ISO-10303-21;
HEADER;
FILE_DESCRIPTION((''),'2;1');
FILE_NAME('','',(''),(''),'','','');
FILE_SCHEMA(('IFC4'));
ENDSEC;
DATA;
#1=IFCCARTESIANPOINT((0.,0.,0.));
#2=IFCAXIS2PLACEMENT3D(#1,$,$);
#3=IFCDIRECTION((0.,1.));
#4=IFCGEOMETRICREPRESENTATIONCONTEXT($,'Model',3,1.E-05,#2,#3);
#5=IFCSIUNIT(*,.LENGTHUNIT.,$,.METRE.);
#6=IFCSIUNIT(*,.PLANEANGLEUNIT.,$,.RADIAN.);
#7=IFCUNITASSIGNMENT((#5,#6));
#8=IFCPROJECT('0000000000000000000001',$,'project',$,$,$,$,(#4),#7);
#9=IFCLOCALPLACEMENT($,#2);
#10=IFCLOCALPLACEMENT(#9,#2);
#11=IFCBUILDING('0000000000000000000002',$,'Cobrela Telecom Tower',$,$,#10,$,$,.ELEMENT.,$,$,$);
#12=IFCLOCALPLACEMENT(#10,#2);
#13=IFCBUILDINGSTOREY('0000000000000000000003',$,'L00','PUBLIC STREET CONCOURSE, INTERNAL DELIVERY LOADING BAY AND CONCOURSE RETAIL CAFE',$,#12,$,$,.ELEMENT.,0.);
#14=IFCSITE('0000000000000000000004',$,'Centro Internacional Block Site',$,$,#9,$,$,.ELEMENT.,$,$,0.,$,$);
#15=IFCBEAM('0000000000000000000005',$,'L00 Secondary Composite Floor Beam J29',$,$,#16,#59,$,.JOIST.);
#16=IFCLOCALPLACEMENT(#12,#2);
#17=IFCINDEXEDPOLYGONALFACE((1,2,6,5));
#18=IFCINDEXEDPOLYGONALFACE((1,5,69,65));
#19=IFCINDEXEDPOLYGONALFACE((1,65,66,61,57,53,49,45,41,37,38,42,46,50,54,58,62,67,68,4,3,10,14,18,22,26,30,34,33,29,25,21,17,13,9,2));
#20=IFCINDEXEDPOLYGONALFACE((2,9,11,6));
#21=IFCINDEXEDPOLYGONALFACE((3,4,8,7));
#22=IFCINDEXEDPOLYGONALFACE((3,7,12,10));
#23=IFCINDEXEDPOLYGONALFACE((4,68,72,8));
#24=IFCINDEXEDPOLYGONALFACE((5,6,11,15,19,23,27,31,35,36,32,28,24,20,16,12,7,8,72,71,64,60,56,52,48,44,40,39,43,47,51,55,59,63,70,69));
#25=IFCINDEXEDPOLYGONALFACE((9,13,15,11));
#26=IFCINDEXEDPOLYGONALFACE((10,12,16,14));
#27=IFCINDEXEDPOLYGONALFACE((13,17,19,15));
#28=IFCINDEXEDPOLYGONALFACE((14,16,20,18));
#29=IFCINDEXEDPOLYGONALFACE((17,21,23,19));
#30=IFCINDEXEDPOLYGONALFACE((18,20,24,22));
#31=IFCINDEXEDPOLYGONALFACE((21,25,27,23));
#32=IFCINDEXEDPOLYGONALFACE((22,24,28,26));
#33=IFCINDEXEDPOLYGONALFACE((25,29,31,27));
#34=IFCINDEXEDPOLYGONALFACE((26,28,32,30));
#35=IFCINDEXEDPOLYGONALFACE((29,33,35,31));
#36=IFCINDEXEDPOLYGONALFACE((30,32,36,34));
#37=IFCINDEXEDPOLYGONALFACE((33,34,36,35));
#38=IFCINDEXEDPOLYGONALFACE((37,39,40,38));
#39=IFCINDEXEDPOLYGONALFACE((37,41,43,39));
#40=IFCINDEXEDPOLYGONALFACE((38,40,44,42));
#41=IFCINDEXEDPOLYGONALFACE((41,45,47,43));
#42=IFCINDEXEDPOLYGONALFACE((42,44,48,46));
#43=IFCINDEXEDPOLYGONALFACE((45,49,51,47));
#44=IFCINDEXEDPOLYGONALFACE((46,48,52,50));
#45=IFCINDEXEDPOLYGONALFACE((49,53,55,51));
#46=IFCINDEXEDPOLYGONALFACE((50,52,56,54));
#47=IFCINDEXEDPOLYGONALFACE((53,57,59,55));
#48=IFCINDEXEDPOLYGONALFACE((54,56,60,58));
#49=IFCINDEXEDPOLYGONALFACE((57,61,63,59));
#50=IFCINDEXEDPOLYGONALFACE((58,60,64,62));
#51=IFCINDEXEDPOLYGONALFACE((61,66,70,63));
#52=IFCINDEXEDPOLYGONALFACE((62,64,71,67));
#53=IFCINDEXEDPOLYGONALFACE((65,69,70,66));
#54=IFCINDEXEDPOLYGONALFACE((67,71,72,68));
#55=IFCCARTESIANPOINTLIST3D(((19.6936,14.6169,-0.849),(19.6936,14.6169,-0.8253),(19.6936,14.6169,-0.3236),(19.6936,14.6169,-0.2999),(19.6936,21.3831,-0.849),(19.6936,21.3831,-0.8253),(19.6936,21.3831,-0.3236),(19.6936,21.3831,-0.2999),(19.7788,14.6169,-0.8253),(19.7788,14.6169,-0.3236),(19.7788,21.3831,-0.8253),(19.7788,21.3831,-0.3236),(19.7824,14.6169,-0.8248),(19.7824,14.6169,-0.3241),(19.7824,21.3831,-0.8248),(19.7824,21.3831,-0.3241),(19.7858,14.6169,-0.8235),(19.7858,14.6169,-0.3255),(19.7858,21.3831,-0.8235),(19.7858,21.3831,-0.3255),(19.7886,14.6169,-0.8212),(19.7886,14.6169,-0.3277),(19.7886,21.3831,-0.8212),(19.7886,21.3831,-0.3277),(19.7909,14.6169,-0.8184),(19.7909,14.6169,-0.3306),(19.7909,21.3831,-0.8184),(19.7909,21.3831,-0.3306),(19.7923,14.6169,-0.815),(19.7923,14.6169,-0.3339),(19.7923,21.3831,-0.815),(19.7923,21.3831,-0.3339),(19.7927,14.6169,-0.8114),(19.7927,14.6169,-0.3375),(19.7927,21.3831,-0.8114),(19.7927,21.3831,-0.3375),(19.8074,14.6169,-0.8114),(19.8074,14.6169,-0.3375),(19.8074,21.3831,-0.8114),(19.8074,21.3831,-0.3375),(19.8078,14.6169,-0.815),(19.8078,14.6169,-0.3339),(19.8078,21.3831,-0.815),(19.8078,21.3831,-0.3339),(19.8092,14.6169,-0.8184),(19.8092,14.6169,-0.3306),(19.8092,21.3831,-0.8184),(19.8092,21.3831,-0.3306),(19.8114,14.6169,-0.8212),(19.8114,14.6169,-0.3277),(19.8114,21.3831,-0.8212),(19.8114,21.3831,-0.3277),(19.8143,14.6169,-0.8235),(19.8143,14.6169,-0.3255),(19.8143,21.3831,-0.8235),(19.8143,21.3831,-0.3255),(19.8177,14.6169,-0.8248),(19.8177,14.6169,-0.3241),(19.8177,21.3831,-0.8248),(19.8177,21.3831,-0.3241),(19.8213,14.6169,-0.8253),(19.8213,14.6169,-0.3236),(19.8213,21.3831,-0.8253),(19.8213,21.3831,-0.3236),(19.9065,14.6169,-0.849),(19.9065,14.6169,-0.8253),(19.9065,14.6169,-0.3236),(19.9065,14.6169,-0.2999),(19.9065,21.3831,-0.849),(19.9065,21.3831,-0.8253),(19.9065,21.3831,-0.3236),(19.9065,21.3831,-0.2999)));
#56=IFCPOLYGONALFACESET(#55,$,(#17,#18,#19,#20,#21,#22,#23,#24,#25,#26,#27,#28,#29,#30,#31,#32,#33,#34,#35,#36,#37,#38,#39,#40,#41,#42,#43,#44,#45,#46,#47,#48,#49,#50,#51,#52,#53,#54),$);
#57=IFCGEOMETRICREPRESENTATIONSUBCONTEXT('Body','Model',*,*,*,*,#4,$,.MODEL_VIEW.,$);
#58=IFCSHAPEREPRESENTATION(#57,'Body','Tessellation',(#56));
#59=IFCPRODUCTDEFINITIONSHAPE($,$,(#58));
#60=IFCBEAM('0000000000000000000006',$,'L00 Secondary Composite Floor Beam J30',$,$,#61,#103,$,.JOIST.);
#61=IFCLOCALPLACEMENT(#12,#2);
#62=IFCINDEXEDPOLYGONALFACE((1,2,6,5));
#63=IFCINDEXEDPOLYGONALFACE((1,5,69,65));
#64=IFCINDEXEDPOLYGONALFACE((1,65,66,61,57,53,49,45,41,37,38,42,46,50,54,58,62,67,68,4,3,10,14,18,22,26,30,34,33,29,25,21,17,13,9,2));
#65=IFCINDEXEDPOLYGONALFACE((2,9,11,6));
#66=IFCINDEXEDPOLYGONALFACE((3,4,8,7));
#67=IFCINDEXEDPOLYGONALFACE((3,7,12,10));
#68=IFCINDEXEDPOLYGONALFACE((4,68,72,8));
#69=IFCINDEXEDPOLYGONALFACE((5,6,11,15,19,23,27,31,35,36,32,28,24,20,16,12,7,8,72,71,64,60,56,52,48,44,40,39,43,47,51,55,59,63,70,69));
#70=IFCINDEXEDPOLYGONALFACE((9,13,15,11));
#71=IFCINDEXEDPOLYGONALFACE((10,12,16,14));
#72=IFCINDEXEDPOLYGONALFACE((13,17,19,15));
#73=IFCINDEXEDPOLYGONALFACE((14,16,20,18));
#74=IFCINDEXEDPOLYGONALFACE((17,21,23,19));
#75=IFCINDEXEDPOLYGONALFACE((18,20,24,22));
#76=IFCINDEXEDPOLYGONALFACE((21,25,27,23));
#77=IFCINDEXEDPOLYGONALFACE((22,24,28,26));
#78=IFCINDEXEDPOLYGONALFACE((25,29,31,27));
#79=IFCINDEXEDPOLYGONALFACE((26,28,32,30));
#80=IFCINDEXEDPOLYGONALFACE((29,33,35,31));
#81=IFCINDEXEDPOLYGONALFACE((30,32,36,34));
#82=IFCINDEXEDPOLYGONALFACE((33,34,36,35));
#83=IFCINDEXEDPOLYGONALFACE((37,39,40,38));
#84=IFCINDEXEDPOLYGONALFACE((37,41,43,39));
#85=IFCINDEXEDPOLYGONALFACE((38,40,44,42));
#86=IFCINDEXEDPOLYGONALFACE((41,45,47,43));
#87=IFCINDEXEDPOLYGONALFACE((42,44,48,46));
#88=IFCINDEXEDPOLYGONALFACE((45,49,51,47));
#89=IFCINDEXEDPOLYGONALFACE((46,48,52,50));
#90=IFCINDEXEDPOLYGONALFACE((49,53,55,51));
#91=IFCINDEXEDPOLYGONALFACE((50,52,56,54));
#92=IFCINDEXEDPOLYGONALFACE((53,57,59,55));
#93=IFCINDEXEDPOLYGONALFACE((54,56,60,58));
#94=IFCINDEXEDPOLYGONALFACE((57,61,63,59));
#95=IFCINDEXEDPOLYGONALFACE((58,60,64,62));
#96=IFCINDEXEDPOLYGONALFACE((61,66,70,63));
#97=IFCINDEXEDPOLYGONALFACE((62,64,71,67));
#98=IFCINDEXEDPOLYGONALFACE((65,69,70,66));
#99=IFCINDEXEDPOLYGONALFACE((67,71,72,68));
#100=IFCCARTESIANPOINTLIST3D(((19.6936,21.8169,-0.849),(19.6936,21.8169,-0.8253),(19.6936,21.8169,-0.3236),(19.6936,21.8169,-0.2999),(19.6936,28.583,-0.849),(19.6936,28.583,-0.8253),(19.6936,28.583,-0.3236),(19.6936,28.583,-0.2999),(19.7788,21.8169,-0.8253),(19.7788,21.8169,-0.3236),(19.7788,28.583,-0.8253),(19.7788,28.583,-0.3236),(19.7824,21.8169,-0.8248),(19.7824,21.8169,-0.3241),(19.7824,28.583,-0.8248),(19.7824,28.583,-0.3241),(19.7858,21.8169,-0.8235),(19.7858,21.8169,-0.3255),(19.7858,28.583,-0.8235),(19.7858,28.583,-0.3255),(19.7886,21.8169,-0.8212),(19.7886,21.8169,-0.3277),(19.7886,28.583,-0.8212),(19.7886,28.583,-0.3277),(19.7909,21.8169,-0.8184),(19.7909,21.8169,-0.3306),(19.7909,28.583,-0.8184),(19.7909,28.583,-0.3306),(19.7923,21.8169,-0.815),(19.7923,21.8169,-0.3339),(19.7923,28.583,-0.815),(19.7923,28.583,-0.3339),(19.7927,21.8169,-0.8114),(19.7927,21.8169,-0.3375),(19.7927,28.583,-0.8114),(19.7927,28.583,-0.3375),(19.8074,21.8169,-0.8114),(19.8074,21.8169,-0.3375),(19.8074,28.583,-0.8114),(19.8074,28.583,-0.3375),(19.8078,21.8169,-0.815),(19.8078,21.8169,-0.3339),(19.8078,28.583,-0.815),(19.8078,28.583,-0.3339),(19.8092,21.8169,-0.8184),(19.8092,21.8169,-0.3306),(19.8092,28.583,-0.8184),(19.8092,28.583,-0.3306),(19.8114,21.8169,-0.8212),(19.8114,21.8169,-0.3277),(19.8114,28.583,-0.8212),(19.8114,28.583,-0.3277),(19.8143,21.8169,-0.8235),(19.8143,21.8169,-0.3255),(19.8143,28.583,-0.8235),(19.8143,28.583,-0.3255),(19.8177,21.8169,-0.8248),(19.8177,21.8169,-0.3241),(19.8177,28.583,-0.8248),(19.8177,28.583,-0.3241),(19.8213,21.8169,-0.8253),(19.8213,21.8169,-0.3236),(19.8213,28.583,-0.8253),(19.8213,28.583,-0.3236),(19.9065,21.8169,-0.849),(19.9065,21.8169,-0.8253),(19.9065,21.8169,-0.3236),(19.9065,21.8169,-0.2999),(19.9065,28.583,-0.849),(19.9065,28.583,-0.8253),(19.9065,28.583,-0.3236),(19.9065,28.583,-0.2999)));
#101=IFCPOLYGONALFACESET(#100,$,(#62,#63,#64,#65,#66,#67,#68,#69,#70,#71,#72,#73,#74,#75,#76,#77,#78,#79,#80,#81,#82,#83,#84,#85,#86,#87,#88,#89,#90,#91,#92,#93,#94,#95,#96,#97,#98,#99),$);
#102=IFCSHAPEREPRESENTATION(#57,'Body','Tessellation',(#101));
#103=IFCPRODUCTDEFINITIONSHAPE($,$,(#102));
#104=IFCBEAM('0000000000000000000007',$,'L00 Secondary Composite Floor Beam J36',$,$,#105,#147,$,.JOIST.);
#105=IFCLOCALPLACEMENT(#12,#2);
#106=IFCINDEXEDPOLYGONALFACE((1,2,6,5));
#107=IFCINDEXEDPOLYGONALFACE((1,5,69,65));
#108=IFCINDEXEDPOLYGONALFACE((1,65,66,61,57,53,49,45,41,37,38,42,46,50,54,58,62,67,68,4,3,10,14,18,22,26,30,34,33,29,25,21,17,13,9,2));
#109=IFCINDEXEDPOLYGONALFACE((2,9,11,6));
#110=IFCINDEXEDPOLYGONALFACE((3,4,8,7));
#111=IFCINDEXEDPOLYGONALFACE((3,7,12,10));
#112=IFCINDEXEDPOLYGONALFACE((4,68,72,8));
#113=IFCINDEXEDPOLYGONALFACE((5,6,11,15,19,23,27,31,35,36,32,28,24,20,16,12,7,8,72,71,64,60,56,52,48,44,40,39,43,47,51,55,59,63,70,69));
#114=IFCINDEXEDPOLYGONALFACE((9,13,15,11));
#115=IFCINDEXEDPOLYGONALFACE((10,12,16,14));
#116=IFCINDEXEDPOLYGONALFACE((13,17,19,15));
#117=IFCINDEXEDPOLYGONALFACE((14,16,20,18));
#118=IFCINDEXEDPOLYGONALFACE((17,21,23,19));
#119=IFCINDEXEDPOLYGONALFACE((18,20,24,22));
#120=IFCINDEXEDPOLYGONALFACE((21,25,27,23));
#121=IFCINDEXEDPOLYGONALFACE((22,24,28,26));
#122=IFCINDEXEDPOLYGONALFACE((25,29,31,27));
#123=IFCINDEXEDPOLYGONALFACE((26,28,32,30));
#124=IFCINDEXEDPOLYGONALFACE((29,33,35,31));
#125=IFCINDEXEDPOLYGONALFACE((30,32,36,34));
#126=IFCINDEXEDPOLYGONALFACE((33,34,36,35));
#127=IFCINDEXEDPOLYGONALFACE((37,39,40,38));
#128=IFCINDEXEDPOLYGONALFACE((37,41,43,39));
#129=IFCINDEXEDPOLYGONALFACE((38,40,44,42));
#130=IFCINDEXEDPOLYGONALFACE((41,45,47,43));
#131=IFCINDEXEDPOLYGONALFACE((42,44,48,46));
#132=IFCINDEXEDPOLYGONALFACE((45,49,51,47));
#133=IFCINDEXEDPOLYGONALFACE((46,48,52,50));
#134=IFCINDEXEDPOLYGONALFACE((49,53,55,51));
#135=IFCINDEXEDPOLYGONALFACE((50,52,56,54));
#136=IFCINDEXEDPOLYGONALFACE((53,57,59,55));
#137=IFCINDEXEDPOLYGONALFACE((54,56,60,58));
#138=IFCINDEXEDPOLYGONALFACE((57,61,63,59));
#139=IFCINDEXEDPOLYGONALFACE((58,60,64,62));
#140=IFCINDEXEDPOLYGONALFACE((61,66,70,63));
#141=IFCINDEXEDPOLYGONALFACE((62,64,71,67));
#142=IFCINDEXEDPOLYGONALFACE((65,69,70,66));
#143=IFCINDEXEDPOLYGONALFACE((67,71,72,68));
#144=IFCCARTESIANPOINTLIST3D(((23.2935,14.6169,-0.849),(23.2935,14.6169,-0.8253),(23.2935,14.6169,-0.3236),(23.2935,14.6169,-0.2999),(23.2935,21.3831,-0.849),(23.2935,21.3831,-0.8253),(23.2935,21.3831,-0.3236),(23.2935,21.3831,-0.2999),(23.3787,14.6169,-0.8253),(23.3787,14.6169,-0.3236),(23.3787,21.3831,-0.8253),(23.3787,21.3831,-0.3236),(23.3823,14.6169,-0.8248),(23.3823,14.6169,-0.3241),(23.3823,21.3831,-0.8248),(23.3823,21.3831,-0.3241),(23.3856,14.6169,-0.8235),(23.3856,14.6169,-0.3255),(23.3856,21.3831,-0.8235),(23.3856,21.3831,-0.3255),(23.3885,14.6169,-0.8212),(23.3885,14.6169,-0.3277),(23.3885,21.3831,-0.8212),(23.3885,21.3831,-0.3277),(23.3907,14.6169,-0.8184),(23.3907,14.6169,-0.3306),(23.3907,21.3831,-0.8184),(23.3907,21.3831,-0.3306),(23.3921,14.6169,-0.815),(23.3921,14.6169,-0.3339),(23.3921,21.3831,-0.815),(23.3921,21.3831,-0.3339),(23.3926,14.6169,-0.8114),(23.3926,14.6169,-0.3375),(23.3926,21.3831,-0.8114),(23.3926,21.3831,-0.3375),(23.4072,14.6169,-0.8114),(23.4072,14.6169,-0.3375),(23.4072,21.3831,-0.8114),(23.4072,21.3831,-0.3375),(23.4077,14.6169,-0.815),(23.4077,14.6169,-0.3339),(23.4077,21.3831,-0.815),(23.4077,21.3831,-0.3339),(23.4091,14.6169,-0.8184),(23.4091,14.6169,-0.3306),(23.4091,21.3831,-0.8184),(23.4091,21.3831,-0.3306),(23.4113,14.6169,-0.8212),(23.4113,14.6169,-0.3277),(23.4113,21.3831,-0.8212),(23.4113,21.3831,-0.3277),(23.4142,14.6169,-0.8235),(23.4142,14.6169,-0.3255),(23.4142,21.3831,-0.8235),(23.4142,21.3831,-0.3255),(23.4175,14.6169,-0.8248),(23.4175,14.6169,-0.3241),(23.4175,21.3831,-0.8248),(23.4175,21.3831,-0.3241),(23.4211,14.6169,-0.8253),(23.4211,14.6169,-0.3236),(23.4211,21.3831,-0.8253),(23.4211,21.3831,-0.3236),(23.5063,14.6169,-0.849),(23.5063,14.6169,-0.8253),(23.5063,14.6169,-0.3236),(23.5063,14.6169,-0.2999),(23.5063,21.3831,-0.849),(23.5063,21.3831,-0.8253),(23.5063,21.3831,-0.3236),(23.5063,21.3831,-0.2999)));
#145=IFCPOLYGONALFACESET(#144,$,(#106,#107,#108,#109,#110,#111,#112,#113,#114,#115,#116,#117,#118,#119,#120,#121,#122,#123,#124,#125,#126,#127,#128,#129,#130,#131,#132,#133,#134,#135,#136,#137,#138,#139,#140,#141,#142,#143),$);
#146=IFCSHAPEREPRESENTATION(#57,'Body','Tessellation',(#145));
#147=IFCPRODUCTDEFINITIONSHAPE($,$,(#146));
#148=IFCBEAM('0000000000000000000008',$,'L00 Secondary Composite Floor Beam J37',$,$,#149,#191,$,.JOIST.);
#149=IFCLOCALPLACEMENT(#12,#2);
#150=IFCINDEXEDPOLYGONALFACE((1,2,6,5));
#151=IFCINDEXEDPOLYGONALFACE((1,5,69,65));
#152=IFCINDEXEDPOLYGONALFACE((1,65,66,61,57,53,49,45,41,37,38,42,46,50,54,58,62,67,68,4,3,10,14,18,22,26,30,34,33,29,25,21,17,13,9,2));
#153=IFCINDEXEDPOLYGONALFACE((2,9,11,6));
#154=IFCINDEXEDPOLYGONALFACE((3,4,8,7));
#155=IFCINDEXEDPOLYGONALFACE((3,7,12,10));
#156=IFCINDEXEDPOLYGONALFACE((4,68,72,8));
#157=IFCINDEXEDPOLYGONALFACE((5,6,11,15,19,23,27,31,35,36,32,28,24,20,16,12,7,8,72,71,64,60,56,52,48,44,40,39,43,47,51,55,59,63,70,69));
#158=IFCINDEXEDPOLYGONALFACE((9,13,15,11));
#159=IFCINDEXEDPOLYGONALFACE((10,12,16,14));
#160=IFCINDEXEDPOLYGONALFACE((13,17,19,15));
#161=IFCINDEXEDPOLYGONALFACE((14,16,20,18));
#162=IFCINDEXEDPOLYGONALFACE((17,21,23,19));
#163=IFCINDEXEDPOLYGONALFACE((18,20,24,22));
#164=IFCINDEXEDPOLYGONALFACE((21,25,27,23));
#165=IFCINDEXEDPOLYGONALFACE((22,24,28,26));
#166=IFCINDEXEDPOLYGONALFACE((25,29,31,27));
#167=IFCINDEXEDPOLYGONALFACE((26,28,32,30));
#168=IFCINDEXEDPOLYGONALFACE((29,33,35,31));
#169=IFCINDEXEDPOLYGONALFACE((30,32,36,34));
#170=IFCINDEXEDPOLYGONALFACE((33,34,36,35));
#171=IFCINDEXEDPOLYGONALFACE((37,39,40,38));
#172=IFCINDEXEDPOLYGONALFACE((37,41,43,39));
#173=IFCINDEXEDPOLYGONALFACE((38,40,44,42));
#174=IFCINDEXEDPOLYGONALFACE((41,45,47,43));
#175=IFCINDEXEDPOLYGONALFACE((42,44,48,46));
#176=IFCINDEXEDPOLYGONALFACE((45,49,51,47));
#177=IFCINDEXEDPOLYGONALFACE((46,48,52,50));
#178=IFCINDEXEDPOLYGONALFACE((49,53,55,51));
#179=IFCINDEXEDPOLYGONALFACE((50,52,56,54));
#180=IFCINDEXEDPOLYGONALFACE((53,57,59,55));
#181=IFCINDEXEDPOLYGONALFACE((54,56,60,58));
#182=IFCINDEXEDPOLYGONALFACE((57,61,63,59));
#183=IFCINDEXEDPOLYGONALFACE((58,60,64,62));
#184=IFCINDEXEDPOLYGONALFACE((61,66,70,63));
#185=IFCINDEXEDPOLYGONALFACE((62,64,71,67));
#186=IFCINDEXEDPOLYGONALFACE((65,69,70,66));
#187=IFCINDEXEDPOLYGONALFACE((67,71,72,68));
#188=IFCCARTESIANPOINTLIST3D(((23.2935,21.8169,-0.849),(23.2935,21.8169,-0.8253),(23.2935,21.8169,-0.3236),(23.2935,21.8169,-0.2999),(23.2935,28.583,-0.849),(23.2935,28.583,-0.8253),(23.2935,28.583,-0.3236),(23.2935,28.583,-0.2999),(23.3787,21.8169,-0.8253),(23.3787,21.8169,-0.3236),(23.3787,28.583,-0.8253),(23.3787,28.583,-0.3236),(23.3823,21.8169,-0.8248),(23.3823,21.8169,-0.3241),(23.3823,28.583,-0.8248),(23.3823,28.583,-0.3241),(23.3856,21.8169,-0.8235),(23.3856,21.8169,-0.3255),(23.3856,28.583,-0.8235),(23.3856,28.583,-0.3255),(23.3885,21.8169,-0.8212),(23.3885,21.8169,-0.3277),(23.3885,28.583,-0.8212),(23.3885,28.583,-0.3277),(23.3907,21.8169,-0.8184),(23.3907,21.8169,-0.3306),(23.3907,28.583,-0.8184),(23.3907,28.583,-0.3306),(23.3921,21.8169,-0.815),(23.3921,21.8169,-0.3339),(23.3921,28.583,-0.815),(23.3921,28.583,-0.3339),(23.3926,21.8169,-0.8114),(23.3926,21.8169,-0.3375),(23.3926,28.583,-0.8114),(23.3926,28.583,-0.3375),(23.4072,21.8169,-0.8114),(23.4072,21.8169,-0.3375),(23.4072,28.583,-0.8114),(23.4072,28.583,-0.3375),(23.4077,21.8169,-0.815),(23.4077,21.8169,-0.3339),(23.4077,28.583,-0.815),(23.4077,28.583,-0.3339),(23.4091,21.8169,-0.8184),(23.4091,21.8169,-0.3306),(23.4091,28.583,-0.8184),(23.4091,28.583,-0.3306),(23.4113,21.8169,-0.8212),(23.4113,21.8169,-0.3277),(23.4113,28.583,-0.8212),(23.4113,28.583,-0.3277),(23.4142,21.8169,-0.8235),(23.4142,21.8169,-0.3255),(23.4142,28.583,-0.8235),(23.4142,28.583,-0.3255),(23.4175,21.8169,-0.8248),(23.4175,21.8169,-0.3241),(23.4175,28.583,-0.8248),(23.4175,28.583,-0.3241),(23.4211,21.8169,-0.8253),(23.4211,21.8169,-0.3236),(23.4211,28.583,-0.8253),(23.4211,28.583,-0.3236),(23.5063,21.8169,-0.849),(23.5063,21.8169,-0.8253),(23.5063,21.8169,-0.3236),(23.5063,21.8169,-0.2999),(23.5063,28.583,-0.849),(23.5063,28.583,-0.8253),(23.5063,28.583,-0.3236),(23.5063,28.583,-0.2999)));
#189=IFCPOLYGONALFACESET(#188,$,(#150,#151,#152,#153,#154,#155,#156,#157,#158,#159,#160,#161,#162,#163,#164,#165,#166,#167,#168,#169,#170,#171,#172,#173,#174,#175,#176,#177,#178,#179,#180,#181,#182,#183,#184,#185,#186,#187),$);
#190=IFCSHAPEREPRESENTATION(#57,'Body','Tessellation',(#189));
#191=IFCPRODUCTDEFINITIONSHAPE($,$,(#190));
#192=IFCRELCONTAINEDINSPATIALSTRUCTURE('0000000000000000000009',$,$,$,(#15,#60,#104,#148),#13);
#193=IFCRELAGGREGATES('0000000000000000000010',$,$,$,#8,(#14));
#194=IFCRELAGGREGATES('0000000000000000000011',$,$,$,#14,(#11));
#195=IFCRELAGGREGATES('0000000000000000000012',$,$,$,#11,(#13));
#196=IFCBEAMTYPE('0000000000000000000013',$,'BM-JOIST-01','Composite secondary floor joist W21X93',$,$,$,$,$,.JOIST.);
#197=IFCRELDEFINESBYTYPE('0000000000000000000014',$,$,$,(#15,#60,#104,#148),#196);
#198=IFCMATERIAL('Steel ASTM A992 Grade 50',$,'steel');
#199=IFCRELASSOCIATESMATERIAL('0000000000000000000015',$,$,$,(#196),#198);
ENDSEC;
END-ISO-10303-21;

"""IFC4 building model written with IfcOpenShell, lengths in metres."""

from ifc_helpers import new_model, si_unit, direction, frame, origin, origin_2d, place, context, subcontext, project, spatial, i_section, extrude, material, material_profile, profile_set, type_object, element, save


model = new_model("IFC4")

# Units and contexts
model_context = context("Model", 3, precision=1e-05, world=origin(), true_north=direction((0.0, 1.0)))
body_context = subcontext(model_context, "Body", "Model", "MODEL_VIEW")
ifc_project = project(units=[si_unit("LENGTHUNIT", "METRE"), si_unit("PLANEANGLEUNIT", "RADIAN")], contexts=[model_context])

# Site, building, storey
site_placement = place(None, origin())
site = spatial("IfcSite", under=ifc_project, at=site_placement, Name="Centro Internacional Block Site", CompositionType="ELEMENT", RefElevation=0.0)
building_placement = place(site_placement, origin())
building = spatial("IfcBuilding", under=site, at=building_placement, Name="Cobrela Telecom Tower", CompositionType="ELEMENT")
storey_placement = place(building_placement, origin())
storey = spatial("IfcBuildingStorey", under=building, at=storey_placement, Name="L00", Description="PUBLIC STREET CONCOURSE, INTERNAL DELIVERY LOADING BAY AND CONCOURSE RETAIL CAFE", CompositionType="ELEMENT", Elevation=0.0)

# Beams
ifc_material_1 = material(Name="Steel ASTM A992 Grade 50", Category="steel")
ifc_material_profile_1 = material_profile(ifc_material_1, i_section(OverallWidth=0.2129, OverallDepth=0.5491, WebThickness=0.0146, FlangeThickness=0.0237, FilletRadius=0.0139, at=origin_2d()), Name="W21X93")
ifc_profile_set_1 = profile_set([ifc_material_profile_1], Name="Steel ASTM A992 Grade 50")
beam_type_1 = type_object("IfcBeamType", Name="BM-JOIST-01", Description="Composite secondary floor joist W21X93", PredefinedType="JOIST", material=ifc_profile_set_1)
for number, where, z_axis, x_axis, name in (
    (1, (19.8, 14.6169, -0.5745), (0.0, 1.0, 0.0), (-1.0, 0.0, 0.0), "L00 Secondary Composite Floor Beam J29"),
    (2, (19.8, 21.8169, -0.5745), (0.0, 1.0, 0.0), (-1.0, 0.0, 0.0), "L00 Secondary Composite Floor Beam J30"),
    (3, (23.3999, 14.6169, -0.5745), (0.0, 1.0, 0.0), (-1.0, 0.0, 0.0), "L00 Secondary Composite Floor Beam J36"),
    (4, (23.3999, 21.8169, -0.5745), (0.0, 1.0, 0.0), (-1.0, 0.0, 0.0), "L00 Secondary Composite Floor Beam J37"),
):
    element("IfcBeam", number, at=place(storey_placement, frame(where, z_axis=z_axis, x_axis=x_axis)), inside=storey, type_object=beam_type_1, Name=name, PredefinedType="JOIST", context=body_context, shape_type="SweptSolid", body=[
        extrude(i_section(OverallWidth=0.2129, OverallDepth=0.5491, WebThickness=0.0146, FlangeThickness=0.0237, FilletRadius=0.0139, at=origin_2d()), origin(), (0.0, 0.0, 1.0), 6.7661),
    ])

save(model, "model.ifc")
